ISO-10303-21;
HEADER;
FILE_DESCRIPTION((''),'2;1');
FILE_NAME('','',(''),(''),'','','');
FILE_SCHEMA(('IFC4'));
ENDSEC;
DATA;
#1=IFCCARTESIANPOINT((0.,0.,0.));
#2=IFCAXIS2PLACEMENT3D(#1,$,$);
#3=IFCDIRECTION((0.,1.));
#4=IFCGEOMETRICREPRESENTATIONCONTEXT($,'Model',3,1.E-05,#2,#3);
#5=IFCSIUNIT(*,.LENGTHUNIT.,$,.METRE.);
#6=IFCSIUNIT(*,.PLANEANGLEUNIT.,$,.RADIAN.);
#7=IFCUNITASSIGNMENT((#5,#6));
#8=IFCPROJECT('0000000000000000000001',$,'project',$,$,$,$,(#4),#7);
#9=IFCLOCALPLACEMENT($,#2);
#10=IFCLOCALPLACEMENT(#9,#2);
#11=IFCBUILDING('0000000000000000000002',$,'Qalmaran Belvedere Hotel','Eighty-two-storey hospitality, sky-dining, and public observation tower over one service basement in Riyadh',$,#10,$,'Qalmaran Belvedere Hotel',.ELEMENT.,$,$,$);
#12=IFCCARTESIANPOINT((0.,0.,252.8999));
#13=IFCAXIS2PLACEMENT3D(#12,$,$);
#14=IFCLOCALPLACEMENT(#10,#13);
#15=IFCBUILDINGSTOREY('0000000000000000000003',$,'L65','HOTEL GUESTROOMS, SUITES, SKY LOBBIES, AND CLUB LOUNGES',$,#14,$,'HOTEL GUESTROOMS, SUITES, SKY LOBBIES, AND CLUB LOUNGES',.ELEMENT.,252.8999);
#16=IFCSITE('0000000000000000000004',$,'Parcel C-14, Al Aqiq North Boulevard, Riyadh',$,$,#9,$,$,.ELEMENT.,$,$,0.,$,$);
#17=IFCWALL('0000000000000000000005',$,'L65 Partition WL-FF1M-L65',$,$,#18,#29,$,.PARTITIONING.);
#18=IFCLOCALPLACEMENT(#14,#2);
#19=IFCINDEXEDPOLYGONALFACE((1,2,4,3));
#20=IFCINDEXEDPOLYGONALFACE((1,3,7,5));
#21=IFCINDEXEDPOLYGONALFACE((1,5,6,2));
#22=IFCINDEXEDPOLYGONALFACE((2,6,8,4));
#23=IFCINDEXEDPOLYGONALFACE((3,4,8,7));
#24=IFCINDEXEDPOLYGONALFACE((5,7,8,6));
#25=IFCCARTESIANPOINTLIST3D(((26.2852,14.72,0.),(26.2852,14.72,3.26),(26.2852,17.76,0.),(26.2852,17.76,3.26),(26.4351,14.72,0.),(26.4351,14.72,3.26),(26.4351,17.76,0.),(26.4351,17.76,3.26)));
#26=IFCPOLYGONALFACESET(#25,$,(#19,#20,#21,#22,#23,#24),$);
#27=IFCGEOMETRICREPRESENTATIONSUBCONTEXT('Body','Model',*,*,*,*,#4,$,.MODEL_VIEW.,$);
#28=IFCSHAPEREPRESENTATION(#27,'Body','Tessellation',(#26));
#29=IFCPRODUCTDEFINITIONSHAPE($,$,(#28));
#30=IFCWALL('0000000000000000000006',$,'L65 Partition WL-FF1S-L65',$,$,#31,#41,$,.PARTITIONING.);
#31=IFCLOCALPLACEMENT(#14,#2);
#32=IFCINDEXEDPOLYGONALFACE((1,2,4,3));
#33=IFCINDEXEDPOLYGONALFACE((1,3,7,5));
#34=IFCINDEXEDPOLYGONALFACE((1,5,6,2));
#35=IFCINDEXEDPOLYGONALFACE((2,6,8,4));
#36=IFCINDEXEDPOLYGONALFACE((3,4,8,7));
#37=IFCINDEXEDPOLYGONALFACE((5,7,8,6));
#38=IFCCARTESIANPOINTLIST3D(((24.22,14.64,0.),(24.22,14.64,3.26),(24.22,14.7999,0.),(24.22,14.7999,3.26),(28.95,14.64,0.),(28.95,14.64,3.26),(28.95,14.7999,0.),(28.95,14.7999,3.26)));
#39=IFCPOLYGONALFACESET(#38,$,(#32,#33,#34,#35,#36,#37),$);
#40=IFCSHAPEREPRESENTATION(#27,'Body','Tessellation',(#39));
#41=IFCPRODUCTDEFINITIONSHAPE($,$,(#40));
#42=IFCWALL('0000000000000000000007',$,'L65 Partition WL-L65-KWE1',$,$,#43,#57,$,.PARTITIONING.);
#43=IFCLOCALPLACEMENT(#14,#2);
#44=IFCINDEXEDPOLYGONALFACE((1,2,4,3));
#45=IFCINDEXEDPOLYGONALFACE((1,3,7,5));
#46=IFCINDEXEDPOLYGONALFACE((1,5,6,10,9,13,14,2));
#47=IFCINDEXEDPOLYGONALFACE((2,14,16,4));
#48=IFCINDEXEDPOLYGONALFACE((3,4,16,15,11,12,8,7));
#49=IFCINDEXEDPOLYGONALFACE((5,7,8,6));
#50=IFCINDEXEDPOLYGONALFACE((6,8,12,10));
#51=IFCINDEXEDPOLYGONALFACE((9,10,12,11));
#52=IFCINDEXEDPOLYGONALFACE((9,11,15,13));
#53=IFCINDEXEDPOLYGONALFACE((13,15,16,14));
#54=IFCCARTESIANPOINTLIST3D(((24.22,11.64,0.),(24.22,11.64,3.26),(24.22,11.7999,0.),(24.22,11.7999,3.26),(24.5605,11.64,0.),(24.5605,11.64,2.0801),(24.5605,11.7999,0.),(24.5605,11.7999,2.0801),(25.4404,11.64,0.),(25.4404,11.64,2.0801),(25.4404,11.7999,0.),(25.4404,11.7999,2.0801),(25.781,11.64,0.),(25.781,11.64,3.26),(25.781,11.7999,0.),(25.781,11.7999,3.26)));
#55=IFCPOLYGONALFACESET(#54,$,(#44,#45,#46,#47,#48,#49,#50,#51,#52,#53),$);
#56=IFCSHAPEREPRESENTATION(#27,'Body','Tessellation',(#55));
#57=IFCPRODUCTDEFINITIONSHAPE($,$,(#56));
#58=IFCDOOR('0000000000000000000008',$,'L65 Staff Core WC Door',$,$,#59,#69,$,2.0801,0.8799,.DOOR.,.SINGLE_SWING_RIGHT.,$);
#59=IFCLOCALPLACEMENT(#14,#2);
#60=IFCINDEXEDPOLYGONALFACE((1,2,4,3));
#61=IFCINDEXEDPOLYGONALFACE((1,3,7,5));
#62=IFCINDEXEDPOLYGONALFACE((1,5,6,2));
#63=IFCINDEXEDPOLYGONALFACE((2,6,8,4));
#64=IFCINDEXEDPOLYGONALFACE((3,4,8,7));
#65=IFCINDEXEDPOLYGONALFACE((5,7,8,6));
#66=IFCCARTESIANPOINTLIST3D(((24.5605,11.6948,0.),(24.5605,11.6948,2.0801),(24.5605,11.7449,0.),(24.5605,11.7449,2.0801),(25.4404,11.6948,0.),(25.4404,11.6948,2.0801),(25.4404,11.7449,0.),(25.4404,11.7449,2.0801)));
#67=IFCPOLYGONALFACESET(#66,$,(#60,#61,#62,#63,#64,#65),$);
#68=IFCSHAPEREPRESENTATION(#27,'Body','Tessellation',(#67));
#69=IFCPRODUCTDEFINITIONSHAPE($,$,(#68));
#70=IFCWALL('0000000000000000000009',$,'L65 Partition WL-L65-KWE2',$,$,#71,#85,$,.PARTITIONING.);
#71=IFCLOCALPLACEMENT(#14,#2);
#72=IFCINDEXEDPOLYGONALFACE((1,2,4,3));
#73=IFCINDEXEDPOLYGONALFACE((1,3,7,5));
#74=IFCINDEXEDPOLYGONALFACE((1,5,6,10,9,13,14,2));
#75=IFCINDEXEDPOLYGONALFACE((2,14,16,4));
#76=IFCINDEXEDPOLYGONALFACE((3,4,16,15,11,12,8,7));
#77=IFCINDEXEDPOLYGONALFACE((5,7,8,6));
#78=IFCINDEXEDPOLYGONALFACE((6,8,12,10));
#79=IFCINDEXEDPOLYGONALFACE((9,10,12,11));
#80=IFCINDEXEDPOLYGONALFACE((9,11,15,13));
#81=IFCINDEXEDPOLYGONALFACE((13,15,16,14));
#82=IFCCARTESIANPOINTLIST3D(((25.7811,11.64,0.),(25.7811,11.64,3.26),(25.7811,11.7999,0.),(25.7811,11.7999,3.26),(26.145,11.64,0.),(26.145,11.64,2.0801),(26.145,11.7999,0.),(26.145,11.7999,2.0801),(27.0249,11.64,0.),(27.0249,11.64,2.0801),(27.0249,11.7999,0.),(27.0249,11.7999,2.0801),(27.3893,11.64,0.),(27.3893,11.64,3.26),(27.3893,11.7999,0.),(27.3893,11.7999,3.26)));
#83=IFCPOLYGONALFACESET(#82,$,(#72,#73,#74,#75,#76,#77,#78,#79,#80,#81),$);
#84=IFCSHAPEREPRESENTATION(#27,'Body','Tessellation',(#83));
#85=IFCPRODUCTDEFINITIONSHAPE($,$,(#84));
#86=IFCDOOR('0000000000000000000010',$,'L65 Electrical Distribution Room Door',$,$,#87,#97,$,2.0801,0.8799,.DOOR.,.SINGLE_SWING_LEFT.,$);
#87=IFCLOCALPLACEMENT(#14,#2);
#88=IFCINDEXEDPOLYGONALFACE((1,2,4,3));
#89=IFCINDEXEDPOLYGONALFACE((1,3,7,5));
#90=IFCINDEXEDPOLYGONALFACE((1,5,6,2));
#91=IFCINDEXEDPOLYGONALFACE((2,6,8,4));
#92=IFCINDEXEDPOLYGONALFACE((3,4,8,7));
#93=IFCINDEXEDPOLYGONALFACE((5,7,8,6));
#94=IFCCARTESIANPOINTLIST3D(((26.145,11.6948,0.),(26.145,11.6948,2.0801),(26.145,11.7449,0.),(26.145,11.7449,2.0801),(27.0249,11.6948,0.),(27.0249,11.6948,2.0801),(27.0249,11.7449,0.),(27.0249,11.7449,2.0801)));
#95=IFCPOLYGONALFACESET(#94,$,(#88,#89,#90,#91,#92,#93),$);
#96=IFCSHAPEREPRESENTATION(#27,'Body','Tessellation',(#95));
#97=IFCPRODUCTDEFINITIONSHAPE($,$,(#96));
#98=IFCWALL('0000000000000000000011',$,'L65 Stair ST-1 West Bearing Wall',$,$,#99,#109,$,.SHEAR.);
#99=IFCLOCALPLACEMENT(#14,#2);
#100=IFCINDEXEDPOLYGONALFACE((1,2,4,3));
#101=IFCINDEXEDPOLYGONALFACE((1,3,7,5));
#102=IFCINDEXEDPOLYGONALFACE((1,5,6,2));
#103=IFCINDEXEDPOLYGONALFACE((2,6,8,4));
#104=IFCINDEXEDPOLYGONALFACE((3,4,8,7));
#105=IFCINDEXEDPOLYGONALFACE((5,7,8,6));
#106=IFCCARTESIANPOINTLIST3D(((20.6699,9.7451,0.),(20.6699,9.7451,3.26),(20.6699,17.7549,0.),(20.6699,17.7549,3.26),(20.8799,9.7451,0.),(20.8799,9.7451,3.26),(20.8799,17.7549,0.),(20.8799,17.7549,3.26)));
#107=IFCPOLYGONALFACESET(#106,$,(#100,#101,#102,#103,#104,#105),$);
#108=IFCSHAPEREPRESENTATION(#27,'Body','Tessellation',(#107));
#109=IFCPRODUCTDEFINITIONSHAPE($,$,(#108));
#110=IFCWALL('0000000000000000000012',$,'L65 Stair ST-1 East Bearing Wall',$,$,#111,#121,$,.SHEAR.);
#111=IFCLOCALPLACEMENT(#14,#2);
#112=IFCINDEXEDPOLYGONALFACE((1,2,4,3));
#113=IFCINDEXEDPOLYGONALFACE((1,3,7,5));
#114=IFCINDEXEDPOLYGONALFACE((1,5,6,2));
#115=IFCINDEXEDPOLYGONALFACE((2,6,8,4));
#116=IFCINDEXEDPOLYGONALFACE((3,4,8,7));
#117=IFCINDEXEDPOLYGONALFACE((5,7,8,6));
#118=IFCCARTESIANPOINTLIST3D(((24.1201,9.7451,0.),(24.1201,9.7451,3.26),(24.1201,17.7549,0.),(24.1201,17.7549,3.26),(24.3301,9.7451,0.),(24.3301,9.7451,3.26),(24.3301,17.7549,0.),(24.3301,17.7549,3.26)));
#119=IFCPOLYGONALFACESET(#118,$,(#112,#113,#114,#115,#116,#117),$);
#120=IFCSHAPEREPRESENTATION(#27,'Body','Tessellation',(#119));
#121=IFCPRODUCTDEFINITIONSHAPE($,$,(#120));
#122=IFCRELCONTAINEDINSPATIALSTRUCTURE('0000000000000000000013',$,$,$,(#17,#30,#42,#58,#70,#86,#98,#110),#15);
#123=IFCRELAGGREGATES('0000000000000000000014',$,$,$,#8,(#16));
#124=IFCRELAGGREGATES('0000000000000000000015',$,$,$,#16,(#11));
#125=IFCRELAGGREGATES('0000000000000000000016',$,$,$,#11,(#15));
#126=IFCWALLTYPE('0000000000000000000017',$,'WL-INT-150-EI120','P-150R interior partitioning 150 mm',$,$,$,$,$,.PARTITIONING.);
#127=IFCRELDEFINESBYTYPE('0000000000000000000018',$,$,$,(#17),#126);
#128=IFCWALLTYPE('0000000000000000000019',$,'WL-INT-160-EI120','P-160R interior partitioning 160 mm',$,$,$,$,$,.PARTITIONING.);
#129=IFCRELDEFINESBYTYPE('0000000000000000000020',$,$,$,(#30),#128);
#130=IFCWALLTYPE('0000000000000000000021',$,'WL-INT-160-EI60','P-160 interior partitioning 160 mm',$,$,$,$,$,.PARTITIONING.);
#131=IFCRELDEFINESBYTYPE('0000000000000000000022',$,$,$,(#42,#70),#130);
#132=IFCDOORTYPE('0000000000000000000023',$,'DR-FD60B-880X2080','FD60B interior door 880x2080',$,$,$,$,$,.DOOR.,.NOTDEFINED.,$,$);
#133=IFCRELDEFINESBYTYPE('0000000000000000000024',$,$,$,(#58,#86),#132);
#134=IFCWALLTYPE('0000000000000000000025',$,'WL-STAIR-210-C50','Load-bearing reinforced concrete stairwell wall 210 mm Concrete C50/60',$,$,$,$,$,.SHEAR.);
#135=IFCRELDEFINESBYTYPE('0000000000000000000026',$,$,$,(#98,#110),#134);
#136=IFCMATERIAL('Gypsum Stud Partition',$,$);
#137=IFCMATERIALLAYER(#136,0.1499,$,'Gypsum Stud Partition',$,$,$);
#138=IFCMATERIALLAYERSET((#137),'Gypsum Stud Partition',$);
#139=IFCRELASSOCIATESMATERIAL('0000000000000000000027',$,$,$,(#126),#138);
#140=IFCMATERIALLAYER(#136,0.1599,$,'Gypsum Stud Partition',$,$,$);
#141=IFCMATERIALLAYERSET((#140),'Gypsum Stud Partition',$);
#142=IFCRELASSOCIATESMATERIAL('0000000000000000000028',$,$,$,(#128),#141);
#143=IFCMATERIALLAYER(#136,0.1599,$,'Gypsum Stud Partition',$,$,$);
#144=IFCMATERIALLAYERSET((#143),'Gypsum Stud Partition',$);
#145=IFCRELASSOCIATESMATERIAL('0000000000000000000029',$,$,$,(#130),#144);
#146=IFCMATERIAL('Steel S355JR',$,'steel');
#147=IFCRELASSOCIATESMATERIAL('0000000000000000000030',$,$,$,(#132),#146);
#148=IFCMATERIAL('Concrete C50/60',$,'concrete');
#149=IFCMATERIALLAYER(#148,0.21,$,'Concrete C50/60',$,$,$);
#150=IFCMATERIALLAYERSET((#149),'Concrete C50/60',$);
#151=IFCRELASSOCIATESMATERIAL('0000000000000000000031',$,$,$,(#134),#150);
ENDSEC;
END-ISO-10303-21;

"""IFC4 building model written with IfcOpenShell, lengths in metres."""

from ifc_helpers import new_model, si_unit, direction, frame, frame_2d, origin, place, context, subcontext, project, spatial, rectangle, extrude, material, layer, layer_set, type_object, element, fill, save


model = new_model("IFC4")

# Units and contexts
model_context = context("Model", 3, precision=1e-05, world=origin(), true_north=direction((0.0, 1.0)))
body_context = subcontext(model_context, "Body", "Model", "MODEL_VIEW")
ifc_project = project(units=[si_unit("LENGTHUNIT", "METRE"), si_unit("PLANEANGLEUNIT", "RADIAN")], contexts=[model_context])

# Site, building, storey
site_placement = place(None, origin())
site = spatial("IfcSite", under=ifc_project, at=site_placement, Name="Parcel C-14, Al Aqiq North Boulevard, Riyadh", CompositionType="ELEMENT", RefElevation=0.0)
building_placement = place(site_placement, origin())
building = spatial("IfcBuilding", under=site, at=building_placement, Name="Qalmaran Belvedere Hotel", Description="Eighty-two-storey hospitality, sky-dining, and public observation tower over one service basement in Riyadh", LongName="Qalmaran Belvedere Hotel", CompositionType="ELEMENT")
storey_placement = place(building_placement, frame((0.0, 0.0, 252.8999)))
storey = spatial("IfcBuildingStorey", under=building, at=storey_placement, Name="L65", Description="HOTEL GUESTROOMS, SUITES, SKY LOBBIES, AND CLUB LOUNGES", LongName="HOTEL GUESTROOMS, SUITES, SKY LOBBIES, AND CLUB LOUNGES", CompositionType="ELEMENT", Elevation=252.8999)

# Walls
ifc_material_1 = material(Name="Gypsum Stud Partition")
ifc_layer_1 = layer(ifc_material_1, 0.1499, Name="Gypsum Stud Partition")
ifc_layer_set_1 = layer_set([ifc_layer_1], Name="Gypsum Stud Partition")
wall_type_1 = type_object("IfcWallType", Name="WL-INT-150-EI120", Description="P-150R interior partitioning 150 mm", PredefinedType="PARTITIONING", material=ifc_layer_set_1)
wall_1_placement = place(storey_placement, frame((26.3601, 14.72, 0.0), z_axis=(0.0, 0.0, 1.0), x_axis=(0.0, 1.0, 0.0)))
element("IfcWall", 1, at=wall_1_placement, inside=storey, type_object=wall_type_1, Name="L65 Partition WL-FF1M-L65", PredefinedType="PARTITIONING", context=body_context, shape_type="SweptSolid", body=[
    extrude(rectangle(XDim=3.04, YDim=0.1499, at=frame_2d((1.52, 0.0))), origin(), (0.0, 0.0, 1.0), 3.26),
])
ifc_layer_2 = layer(ifc_material_1, 0.1599, Name="Gypsum Stud Partition")
ifc_layer_set_2 = layer_set([ifc_layer_2], Name="Gypsum Stud Partition")
wall_type_2 = type_object("IfcWallType", Name="WL-INT-160-EI120", Description="P-160R interior partitioning 160 mm", PredefinedType="PARTITIONING", material=ifc_layer_set_2)
wall_2_placement = place(storey_placement, frame((24.22, 14.72, 0.0), z_axis=(0.0, 0.0, 1.0), x_axis=(1.0, 0.0, 0.0)))
element("IfcWall", 2, at=wall_2_placement, inside=storey, type_object=wall_type_2, Name="L65 Partition WL-FF1S-L65", PredefinedType="PARTITIONING", context=body_context, shape_type="SweptSolid", body=[
    extrude(rectangle(XDim=4.73, YDim=0.1599, at=frame_2d((2.365, 0.0))), origin(), (0.0, 0.0, 1.0), 3.26),
])

# Walls, openings, doors
ifc_layer_3 = layer(ifc_material_1, 0.1599, Name="Gypsum Stud Partition")
ifc_layer_set_3 = layer_set([ifc_layer_3], Name="Gypsum Stud Partition")
wall_type_3 = type_object("IfcWallType", Name="WL-INT-160-EI60", Description="P-160 interior partitioning 160 mm", PredefinedType="PARTITIONING", material=ifc_layer_set_3)
wall_3_placement = place(storey_placement, frame((24.22, 11.72, 0.0), z_axis=(0.0, 0.0, 1.0), x_axis=(1.0, 0.0, 0.0)))
wall_3 = element("IfcWall", 3, at=wall_3_placement, inside=storey, type_object=wall_type_3, Name="L65 Partition WL-L65-KWE1", PredefinedType="PARTITIONING", context=body_context, shape_type="SweptSolid", body=[
    extrude(rectangle(XDim=1.561, YDim=0.1599, at=frame_2d((0.7805, 0.0))), origin(), (0.0, 0.0, 1.0), 3.26),
])
opening_1_placement = place(wall_3_placement, frame((0.3406, 0.0, 0.0)))
opening_1 = element("IfcOpeningElement", 4, at=opening_1_placement, cuts=wall_3, PredefinedType="OPENING", context=body_context, shape_type="SweptSolid", body=[
    extrude(rectangle(XDim=0.8799, YDim=2.0801, at=frame_2d((0.4399, 1.04))), frame((0.0, 0.0898, 0.0), z_axis=(0.0, -1.0, 0.0), x_axis=(1.0, 0.0, 0.0)), (0.0, 0.0, 1.0), 0.1799),
])
ifc_material_2 = material(Name="Steel S355JR", Category="steel")
door_type_1 = type_object("IfcDoorType", Name="DR-FD60B-880X2080", Description="FD60B interior door 880x2080", OperationType="NOTDEFINED", PredefinedType="DOOR", material=ifc_material_2)
door_1_placement = place(opening_1_placement, origin())
door_1 = element("IfcDoor", 5, at=door_1_placement, inside=storey, type_object=door_type_1, Name="L65 Staff Core WC Door", OperationType="SINGLE_SWING_RIGHT", OverallHeight=2.0801, OverallWidth=0.8799, PredefinedType="DOOR", context=body_context, shape_type="SweptSolid", body=[
    extrude(rectangle(XDim=0.8799, YDim=2.0801, at=frame_2d((0.4399, 1.04))), frame((0.0, 0.0249, 0.0), z_axis=(0.0, -1.0, 0.0), x_axis=(1.0, 0.0, 0.0)), (0.0, 0.0, 1.0), 0.05),
])
fill(opening_1, door_1)
wall_4_placement = place(storey_placement, frame((25.781, 11.72, 0.0), z_axis=(0.0, 0.0, 1.0), x_axis=(1.0, 0.0, 0.0)))
wall_4 = element("IfcWall", 6, at=wall_4_placement, inside=storey, type_object=wall_type_3, Name="L65 Partition WL-L65-KWE2", PredefinedType="PARTITIONING", context=body_context, shape_type="SweptSolid", body=[
    extrude(rectangle(XDim=1.6082, YDim=0.1599, at=frame_2d((0.8042, 0.0))), origin(), (0.0, 0.0, 1.0), 3.26),
])
opening_2_placement = place(wall_4_placement, frame((0.364, 0.0, 0.0)))
opening_2 = element("IfcOpeningElement", 7, at=opening_2_placement, cuts=wall_4, PredefinedType="OPENING", context=body_context, shape_type="SweptSolid", body=[
    extrude(rectangle(XDim=0.8799, YDim=2.0801, at=frame_2d((0.4399, 1.04))), frame((0.0, 0.0898, 0.0), z_axis=(0.0, -1.0, 0.0), x_axis=(1.0, 0.0, 0.0)), (0.0, 0.0, 1.0), 0.1799),
])
door_2_placement = place(opening_2_placement, origin())
door_2 = element("IfcDoor", 8, at=door_2_placement, inside=storey, type_object=door_type_1, Name="L65 Electrical Distribution Room Door", OperationType="SINGLE_SWING_LEFT", OverallHeight=2.0801, OverallWidth=0.8799, PredefinedType="DOOR", context=body_context, shape_type="SweptSolid", body=[
    extrude(rectangle(XDim=0.8799, YDim=2.0801, at=frame_2d((0.4399, 1.04))), frame((0.0, 0.0249, 0.0), z_axis=(0.0, -1.0, 0.0), x_axis=(1.0, 0.0, 0.0)), (0.0, 0.0, 1.0), 0.05),
])
fill(opening_2, door_2)

# Walls
ifc_material_3 = material(Name="Concrete C50/60", Category="concrete")
ifc_layer_4 = layer(ifc_material_3, 0.21, Name="Concrete C50/60")
ifc_layer_set_4 = layer_set([ifc_layer_4], Name="Concrete C50/60")
wall_type_4 = type_object("IfcWallType", Name="WL-STAIR-210-C50", Description="Load-bearing reinforced concrete stairwell wall 210 mm Concrete C50/60", PredefinedType="SHEAR", material=ifc_layer_set_4)
for number, where, z_axis, x_axis, name in (
    (9, (20.7749, 9.7451, 0.0), (0.0, 0.0, 1.0), (0.0, 1.0, 0.0), "L65 Stair ST-1 West Bearing Wall"),
    (10, (24.2251, 9.7451, 0.0), (0.0, 0.0, 1.0), (0.0, 1.0, 0.0), "L65 Stair ST-1 East Bearing Wall"),
):
    element("IfcWall", number, at=place(storey_placement, frame(where, z_axis=z_axis, x_axis=x_axis)), inside=storey, type_object=wall_type_4, Name=name, PredefinedType="SHEAR", context=body_context, shape_type="SweptSolid", body=[
        extrude(rectangle(XDim=8.0098, YDim=0.21, at=frame_2d((4.0049, 0.0))), origin(), (0.0, 0.0, 1.0), 3.26),
    ])

save(model, "model.ifc")
